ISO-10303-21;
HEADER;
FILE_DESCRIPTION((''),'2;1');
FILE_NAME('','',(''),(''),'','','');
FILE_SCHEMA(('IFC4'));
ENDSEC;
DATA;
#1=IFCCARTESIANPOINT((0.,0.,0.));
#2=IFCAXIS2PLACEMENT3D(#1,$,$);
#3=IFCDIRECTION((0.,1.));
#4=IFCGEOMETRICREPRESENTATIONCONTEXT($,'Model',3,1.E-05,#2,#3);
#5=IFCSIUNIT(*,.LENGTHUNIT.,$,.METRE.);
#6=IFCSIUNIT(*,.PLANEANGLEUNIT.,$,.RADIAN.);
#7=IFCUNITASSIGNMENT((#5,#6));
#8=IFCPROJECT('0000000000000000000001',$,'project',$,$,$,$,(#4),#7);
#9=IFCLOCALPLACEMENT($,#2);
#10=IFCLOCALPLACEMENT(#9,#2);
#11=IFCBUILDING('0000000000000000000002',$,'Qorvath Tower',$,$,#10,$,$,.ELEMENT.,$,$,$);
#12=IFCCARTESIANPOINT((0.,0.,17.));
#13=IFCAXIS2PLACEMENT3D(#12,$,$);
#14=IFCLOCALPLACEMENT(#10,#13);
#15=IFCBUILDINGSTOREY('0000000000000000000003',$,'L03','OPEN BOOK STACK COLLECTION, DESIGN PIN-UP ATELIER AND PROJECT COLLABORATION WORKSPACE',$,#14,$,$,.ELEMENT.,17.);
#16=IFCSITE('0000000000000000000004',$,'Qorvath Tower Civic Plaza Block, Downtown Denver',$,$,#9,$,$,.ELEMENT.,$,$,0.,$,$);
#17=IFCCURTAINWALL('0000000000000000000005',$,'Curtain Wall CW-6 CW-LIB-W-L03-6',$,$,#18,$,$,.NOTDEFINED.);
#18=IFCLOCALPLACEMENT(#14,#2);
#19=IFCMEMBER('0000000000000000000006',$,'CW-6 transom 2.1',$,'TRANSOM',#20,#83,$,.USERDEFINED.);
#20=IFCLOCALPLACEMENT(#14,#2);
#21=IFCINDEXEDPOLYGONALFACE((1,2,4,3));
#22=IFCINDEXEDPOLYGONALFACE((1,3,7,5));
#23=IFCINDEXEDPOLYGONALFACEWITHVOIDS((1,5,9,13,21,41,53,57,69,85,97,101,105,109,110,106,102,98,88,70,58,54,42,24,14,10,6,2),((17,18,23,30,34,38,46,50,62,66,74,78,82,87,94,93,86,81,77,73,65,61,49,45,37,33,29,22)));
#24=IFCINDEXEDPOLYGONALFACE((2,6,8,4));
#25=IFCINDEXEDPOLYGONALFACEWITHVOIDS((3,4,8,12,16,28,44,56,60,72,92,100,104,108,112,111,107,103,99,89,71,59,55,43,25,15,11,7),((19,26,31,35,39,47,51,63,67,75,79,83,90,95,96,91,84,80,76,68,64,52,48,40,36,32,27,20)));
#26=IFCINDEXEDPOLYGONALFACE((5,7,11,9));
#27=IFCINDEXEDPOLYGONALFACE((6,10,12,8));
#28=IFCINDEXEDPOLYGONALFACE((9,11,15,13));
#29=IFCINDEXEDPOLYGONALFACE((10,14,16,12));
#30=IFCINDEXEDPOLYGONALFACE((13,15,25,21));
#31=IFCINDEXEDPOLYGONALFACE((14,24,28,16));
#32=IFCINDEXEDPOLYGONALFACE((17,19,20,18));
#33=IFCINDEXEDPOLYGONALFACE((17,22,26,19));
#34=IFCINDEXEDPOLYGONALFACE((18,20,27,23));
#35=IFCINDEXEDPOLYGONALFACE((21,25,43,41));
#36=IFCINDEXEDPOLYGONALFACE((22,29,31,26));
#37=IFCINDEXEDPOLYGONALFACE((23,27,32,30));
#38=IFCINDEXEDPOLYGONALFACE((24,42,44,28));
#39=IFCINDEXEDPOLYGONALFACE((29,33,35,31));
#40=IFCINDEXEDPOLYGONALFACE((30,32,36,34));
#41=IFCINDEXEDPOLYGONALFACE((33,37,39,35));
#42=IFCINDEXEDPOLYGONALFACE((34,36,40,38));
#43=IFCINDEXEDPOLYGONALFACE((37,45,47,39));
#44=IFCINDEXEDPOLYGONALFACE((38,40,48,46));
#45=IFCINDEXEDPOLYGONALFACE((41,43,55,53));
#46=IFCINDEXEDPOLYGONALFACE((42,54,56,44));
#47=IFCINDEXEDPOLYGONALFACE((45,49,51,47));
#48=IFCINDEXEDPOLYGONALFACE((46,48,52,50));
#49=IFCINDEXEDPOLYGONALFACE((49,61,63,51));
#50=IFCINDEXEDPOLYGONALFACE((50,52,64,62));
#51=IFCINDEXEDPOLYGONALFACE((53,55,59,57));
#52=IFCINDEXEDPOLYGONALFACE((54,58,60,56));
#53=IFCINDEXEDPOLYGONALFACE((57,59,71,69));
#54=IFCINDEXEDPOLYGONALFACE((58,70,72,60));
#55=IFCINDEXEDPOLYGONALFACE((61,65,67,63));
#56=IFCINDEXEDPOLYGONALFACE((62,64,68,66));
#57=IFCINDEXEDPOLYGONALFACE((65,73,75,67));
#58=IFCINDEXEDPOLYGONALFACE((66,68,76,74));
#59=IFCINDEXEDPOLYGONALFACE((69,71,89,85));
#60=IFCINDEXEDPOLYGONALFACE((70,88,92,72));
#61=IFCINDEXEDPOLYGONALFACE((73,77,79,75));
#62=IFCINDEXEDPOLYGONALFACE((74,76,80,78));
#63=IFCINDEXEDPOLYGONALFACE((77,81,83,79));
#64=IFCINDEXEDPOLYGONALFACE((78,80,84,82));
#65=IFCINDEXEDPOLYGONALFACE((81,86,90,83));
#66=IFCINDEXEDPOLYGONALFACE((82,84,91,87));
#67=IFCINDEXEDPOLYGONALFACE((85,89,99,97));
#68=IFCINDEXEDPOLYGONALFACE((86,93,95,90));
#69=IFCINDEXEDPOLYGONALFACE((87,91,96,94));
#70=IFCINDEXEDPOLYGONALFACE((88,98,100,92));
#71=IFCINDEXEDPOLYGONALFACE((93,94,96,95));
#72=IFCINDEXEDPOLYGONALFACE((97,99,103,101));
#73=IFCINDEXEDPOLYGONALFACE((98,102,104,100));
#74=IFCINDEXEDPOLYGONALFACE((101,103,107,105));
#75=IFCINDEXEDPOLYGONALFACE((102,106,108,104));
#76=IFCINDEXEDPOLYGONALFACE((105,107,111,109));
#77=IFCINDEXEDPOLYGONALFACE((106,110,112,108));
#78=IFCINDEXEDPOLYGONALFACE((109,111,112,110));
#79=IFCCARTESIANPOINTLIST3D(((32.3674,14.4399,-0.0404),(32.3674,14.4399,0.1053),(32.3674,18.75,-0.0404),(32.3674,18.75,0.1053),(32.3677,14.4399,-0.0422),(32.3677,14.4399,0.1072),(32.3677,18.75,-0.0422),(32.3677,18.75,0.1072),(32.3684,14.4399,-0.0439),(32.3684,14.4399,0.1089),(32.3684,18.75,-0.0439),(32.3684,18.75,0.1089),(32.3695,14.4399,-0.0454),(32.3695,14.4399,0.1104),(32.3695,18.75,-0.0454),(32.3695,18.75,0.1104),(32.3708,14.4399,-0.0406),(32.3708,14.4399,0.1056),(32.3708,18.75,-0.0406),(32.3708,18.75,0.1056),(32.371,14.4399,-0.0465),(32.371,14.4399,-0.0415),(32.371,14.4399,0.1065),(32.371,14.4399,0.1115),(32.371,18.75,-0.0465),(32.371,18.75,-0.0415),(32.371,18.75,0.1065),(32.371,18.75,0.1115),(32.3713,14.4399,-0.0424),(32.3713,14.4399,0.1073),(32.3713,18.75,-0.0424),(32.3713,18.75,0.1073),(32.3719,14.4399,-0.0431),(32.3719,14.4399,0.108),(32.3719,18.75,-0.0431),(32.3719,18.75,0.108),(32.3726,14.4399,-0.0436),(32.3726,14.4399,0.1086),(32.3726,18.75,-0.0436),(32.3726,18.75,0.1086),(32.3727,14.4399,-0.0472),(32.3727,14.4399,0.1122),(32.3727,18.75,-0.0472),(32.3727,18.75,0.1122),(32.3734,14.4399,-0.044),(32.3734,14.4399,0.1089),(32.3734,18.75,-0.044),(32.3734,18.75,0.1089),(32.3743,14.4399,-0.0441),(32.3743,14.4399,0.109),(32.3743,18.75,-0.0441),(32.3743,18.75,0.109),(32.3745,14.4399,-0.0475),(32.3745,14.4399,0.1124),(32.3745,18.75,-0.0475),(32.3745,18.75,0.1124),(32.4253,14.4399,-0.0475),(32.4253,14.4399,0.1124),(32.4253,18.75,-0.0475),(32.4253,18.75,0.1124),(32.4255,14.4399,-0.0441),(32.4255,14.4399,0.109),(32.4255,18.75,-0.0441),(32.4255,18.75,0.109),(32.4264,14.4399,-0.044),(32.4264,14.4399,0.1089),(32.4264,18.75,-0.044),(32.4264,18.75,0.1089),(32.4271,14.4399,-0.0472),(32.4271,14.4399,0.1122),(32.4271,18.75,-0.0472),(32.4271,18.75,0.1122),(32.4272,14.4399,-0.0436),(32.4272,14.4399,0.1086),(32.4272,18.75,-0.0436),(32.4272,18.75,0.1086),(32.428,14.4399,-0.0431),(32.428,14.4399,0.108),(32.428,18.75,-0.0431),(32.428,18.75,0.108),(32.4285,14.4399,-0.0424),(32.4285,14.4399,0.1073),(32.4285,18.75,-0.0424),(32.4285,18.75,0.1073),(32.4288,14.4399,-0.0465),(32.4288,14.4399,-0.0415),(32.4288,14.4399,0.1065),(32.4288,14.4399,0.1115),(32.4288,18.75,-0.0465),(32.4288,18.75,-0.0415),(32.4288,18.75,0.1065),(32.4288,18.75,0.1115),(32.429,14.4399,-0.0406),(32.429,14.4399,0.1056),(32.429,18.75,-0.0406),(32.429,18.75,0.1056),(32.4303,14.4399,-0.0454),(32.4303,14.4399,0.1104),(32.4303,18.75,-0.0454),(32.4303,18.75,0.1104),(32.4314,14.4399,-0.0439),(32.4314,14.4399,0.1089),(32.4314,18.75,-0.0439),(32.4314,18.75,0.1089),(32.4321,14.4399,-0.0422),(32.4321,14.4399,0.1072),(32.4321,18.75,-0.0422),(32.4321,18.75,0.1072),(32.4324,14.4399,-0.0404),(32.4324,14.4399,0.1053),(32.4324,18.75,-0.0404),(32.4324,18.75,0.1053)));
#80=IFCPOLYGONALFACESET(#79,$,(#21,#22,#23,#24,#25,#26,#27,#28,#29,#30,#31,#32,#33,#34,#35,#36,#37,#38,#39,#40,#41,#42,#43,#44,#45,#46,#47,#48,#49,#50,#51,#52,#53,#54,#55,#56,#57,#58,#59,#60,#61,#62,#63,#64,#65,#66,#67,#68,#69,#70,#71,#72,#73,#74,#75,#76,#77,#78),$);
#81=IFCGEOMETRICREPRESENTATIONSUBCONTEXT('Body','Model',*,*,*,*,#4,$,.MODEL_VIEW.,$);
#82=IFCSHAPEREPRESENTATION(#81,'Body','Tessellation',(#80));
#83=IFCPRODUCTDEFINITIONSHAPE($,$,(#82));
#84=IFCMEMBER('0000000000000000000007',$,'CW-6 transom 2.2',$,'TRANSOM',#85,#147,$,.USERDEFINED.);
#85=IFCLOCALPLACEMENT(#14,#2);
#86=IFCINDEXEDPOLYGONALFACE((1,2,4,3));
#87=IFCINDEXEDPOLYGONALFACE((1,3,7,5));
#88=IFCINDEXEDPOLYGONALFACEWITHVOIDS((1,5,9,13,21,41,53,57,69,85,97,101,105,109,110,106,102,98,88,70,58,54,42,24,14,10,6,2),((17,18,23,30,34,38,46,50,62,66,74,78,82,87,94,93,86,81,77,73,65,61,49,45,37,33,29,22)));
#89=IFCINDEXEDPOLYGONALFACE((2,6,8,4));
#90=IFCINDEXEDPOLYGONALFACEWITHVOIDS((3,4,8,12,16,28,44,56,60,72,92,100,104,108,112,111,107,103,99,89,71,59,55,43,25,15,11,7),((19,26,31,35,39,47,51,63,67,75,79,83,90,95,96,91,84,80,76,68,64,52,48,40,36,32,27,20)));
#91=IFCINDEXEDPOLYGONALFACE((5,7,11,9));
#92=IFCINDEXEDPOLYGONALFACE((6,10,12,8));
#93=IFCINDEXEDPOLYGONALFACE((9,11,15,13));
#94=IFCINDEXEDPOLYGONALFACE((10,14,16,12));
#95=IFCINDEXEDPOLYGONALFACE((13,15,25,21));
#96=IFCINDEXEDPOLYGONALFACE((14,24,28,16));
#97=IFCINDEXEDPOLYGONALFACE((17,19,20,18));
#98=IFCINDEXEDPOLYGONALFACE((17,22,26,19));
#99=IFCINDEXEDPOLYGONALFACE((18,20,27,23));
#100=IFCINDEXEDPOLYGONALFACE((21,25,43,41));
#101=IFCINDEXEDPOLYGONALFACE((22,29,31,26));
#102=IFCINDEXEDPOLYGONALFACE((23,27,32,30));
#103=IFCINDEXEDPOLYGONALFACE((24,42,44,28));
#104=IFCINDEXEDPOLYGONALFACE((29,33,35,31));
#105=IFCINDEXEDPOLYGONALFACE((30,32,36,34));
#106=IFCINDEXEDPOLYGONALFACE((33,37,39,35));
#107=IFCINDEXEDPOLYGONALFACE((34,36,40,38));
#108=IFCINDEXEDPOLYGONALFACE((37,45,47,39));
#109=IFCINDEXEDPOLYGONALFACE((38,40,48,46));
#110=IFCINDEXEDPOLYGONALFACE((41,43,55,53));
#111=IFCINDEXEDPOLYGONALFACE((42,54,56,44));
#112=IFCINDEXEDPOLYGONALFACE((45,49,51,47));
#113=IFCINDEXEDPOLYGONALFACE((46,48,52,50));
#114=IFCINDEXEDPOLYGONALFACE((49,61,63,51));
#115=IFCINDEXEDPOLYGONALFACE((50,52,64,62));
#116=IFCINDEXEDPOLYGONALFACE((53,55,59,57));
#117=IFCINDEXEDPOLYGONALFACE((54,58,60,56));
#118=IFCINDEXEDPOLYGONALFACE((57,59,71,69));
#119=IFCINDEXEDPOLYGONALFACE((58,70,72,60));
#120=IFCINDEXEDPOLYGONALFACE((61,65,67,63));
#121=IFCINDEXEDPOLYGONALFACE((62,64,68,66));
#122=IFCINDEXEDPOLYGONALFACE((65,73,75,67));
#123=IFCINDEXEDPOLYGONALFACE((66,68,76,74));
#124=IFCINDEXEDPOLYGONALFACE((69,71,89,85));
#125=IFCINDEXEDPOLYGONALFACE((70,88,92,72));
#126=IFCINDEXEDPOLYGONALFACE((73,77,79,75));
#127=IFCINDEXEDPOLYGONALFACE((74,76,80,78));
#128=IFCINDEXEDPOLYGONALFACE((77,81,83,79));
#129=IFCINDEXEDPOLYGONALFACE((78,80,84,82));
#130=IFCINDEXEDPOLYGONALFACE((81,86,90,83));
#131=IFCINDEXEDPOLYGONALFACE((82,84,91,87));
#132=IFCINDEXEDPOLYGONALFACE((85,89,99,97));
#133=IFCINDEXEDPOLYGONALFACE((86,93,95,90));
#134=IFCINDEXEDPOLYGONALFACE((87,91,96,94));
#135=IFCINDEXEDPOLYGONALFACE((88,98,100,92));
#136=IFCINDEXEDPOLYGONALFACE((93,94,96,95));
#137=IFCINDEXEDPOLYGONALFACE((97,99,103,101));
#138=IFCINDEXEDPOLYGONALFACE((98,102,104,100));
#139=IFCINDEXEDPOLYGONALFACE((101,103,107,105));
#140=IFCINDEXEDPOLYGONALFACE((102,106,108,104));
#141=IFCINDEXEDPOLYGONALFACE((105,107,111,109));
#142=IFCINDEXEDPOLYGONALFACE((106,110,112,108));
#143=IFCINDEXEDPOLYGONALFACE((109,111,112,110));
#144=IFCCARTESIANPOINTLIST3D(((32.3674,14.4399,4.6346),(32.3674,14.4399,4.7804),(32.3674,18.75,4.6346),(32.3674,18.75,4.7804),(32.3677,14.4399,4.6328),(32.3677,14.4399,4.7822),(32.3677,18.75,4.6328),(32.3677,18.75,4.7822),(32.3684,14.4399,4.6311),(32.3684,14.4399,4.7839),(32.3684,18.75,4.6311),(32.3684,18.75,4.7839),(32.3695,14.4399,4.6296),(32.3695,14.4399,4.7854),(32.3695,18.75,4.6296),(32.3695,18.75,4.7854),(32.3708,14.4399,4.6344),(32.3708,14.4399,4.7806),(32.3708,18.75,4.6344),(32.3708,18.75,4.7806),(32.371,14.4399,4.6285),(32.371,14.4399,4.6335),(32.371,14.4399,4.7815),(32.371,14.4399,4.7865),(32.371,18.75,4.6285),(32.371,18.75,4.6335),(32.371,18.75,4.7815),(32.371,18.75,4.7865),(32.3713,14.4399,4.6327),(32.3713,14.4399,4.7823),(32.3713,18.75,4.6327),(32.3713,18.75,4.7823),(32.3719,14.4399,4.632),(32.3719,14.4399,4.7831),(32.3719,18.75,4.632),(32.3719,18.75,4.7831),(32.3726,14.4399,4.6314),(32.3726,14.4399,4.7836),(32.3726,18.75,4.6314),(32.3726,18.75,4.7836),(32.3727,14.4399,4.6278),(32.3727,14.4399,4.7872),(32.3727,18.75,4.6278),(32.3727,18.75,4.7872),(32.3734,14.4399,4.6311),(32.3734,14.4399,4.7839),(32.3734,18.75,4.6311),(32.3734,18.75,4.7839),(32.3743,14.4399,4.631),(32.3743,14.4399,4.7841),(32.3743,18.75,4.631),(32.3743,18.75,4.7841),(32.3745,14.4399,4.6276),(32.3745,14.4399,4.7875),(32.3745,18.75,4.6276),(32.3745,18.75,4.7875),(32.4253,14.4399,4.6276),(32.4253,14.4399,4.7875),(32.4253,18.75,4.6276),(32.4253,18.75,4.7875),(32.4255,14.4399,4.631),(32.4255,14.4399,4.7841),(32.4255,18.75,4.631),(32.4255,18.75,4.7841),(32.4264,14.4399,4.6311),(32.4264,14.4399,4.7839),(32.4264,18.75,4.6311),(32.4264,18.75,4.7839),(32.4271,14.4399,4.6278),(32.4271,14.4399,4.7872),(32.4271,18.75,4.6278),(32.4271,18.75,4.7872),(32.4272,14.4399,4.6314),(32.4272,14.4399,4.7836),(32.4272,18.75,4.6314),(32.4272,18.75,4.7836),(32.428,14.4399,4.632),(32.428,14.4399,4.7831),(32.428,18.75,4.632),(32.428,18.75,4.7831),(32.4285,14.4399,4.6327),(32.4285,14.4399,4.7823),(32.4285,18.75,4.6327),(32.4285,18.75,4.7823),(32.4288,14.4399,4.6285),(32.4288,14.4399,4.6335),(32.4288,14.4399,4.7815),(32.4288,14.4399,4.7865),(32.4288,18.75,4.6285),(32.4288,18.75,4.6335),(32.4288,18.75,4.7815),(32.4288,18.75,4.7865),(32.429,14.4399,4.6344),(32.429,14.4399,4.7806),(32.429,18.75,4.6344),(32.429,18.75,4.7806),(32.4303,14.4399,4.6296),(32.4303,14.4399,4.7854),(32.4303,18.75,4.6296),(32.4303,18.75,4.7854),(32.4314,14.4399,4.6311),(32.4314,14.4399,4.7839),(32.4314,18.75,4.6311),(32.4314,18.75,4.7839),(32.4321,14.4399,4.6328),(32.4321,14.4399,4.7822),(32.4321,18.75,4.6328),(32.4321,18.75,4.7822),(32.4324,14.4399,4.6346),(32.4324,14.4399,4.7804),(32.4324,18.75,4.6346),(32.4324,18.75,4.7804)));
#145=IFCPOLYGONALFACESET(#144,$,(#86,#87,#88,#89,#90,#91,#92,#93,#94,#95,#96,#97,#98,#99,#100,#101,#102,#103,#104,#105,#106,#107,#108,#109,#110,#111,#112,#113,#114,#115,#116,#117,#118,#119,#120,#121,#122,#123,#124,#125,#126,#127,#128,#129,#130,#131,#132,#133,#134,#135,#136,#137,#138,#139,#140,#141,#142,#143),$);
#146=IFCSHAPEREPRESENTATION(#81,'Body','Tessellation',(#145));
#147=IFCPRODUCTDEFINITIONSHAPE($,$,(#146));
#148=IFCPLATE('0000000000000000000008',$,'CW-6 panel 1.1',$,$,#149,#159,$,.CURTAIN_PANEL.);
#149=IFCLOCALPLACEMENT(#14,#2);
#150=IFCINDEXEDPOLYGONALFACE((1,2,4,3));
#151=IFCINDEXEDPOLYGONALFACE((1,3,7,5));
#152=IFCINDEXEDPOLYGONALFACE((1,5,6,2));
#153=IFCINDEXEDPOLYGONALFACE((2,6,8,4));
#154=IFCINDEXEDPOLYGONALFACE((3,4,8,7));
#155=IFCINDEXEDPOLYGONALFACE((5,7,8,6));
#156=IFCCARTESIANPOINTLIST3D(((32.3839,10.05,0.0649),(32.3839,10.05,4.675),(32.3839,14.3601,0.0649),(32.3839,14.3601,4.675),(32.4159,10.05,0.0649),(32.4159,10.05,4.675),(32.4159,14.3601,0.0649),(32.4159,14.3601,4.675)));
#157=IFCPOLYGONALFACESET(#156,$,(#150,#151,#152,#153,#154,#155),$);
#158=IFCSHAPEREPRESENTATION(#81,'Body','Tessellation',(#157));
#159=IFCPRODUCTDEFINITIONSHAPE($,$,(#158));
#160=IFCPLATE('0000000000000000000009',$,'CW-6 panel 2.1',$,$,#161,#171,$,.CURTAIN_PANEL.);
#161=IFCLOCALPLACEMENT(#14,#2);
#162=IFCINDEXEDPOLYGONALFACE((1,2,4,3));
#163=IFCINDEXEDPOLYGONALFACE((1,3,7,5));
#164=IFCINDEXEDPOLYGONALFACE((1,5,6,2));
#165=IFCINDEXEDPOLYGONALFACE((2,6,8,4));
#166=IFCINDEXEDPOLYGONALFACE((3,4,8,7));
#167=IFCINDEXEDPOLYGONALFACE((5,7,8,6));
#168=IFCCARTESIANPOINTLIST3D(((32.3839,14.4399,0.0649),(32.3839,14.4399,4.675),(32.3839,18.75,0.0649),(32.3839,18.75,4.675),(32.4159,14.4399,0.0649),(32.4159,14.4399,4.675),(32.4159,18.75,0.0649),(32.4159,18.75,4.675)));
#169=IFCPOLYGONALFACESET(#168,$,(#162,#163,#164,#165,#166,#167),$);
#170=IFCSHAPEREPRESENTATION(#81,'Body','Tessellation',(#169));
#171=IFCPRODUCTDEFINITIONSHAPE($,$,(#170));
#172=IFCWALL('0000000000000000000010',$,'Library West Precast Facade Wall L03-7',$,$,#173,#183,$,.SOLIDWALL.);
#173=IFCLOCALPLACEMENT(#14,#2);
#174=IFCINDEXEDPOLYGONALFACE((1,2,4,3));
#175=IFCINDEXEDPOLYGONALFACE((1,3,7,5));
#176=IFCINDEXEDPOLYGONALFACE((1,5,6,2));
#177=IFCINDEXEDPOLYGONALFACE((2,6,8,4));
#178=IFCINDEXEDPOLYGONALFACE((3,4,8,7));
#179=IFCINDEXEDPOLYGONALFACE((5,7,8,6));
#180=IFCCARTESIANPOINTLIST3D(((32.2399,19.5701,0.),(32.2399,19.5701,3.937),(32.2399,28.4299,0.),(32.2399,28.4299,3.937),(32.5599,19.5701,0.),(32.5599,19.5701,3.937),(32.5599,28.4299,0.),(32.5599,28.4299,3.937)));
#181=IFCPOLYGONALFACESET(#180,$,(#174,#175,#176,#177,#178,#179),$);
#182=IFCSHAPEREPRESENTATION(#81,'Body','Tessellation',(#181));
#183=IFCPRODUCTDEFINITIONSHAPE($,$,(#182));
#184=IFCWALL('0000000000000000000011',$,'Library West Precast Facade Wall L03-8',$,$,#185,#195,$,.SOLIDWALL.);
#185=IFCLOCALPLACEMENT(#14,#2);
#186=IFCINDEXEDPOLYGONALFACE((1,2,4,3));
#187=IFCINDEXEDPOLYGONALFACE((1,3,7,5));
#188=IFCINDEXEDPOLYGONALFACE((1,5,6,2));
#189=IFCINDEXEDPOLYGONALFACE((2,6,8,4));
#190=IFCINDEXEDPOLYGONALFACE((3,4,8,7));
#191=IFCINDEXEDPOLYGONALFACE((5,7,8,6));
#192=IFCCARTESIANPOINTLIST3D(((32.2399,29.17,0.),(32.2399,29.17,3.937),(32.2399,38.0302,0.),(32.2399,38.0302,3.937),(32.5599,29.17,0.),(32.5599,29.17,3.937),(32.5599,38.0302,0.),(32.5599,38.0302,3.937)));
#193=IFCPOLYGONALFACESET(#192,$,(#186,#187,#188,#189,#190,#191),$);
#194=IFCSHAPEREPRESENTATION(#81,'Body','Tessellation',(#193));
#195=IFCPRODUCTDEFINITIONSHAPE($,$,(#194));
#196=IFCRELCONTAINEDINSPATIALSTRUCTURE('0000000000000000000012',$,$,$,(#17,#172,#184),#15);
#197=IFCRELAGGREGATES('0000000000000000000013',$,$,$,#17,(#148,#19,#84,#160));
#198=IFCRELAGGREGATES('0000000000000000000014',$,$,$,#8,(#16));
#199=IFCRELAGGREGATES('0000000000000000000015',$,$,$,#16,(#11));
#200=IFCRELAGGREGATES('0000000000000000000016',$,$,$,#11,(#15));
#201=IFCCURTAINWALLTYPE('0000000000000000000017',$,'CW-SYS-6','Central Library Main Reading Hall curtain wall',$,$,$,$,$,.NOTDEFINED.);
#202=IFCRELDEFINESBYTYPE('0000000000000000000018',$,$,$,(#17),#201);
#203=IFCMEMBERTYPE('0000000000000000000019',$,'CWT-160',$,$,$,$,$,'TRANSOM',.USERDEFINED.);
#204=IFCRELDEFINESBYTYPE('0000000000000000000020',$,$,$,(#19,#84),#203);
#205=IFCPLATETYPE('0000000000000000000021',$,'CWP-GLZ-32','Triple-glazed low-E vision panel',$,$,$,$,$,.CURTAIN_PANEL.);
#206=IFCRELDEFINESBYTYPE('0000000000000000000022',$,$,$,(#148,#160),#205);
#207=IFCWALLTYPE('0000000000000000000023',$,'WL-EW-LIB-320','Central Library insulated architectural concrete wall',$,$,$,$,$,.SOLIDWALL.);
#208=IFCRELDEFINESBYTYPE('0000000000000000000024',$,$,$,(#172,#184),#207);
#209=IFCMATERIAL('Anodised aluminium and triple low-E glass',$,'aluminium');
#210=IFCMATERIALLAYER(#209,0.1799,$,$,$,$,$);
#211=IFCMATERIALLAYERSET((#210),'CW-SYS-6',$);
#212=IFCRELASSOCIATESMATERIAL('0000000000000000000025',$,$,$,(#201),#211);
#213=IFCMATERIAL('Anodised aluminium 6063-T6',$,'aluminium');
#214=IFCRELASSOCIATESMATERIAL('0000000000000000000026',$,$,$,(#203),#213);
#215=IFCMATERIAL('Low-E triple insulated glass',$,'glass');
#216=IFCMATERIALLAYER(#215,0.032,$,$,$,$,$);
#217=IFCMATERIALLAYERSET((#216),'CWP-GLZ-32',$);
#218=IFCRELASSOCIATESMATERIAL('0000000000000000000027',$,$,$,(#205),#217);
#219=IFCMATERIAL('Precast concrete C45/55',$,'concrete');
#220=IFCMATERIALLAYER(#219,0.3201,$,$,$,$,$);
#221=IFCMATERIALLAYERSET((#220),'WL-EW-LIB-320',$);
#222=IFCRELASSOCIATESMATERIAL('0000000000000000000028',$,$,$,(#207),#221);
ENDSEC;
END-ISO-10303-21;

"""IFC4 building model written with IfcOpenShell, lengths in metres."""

from ifc_helpers import new_model, si_unit, direction, frame, frame_2d, origin, origin_2d, place, context, subcontext, project, spatial, rectangle, hollow_rectangle, extrude, material, layer, layer_set, material_profile, profile_set, type_object, element, aggregate, save


model = new_model("IFC4")

# Units and contexts
model_context = context("Model", 3, precision=1e-05, world=origin(), true_north=direction((0.0, 1.0)))
body_context = subcontext(model_context, "Body", "Model", "MODEL_VIEW")
ifc_project = project(units=[si_unit("LENGTHUNIT", "METRE"), si_unit("PLANEANGLEUNIT", "RADIAN")], contexts=[model_context])

# Site, building, storey
site_placement = place(None, origin())
site = spatial("IfcSite", under=ifc_project, at=site_placement, Name="Qorvath Tower Civic Plaza Block, Downtown Denver", CompositionType="ELEMENT", RefElevation=0.0)
building_placement = place(site_placement, origin())
building = spatial("IfcBuilding", under=site, at=building_placement, Name="Qorvath Tower", CompositionType="ELEMENT")
storey_placement = place(building_placement, frame((0.0, 0.0, 17.0)))
storey = spatial("IfcBuildingStorey", under=building, at=storey_placement, Name="L03", Description="OPEN BOOK STACK COLLECTION, DESIGN PIN-UP ATELIER AND PROJECT COLLABORATION WORKSPACE", CompositionType="ELEMENT", Elevation=17.0)

# Curtain wall, members, plates
ifc_material_1 = material(Name="Anodised aluminium and triple low-E glass", Category="aluminium")
ifc_layer_1 = layer(ifc_material_1, 0.1799)
ifc_layer_set_1 = layer_set([ifc_layer_1], Name="CW-SYS-6")
curtain_wall_type = type_object("IfcCurtainWallType", Name="CW-SYS-6", Description="Central Library Main Reading Hall curtain wall", PredefinedType="NOTDEFINED", material=ifc_layer_set_1)
curtain_wall_placement = place(storey_placement, origin())
curtain_wall = element("IfcCurtainWall", 1, at=curtain_wall_placement, inside=storey, type_object=curtain_wall_type, Name="Curtain Wall CW-6 CW-LIB-W-L03-6", PredefinedType="NOTDEFINED")
ifc_material_2 = material(Name="Anodised aluminium 6063-T6", Category="aluminium")
ifc_material_profile_1 = material_profile(ifc_material_2, hollow_rectangle(XDim=0.0649, YDim=0.1599, WallThickness=0.0034, InnerFilletRadius=0.0034, OuterFilletRadius=0.0071, at=origin_2d()), Name="CWT 160x65")
ifc_profile_set_1 = profile_set([ifc_material_profile_1], Name="Anodised aluminium 6063-T6")
member_type_1 = type_object("IfcMemberType", Name="CWT-160", ElementType="TRANSOM", PredefinedType="USERDEFINED", material=ifc_profile_set_1)
member_1_placement = place(storey_placement, frame((32.3999, 14.4399, 0.0325), z_axis=(0.0, 1.0, 0.0), x_axis=(-1.0, 0.0, 0.0)))
member_1 = element("IfcMember", 2, at=member_1_placement, type_object=member_type_1, Name="CW-6 transom 2.1", ObjectType="TRANSOM", PredefinedType="USERDEFINED", context=body_context, shape_type="SweptSolid", body=[
    extrude(hollow_rectangle(XDim=0.0649, YDim=0.1599, WallThickness=0.0034, InnerFilletRadius=0.0034, OuterFilletRadius=0.0071, at=origin_2d()), origin(), (0.0, 0.0, 1.0), 4.3101),
])
member_2_placement = place(storey_placement, frame((32.3999, 14.4399, 4.7075), z_axis=(0.0, 1.0, 0.0), x_axis=(-1.0, 0.0, 0.0)))
member_2 = element("IfcMember", 3, at=member_2_placement, type_object=member_type_1, Name="CW-6 transom 2.2", ObjectType="TRANSOM", PredefinedType="USERDEFINED", context=body_context, shape_type="SweptSolid", body=[
    extrude(hollow_rectangle(XDim=0.0649, YDim=0.1599, WallThickness=0.0034, InnerFilletRadius=0.0034, OuterFilletRadius=0.0071, at=origin_2d()), origin(), (0.0, 0.0, 1.0), 4.3101),
])
ifc_material_3 = material(Name="Low-E triple insulated glass", Category="glass")
ifc_layer_2 = layer(ifc_material_3, 0.032)
ifc_layer_set_2 = layer_set([ifc_layer_2], Name="CWP-GLZ-32")
plate_type = type_object("IfcPlateType", Name="CWP-GLZ-32", Description="Triple-glazed low-E vision panel", PredefinedType="CURTAIN_PANEL", material=ifc_layer_set_2)
plate_1_placement = place(storey_placement, frame((32.3999, 12.2051, 0.0649), z_axis=(0.0, 0.0, 1.0), x_axis=(0.0, 1.0, 0.0)))
plate_1 = element("IfcPlate", 4, at=plate_1_placement, type_object=plate_type, Name="CW-6 panel 1.1", PredefinedType="CURTAIN_PANEL", context=body_context, shape_type="SweptSolid", body=[
    extrude(rectangle(XDim=4.3101, YDim=0.032, at=origin_2d()), origin(), (0.0, 0.0, 1.0), 4.6101),
])
plate_2_placement = place(storey_placement, frame((32.3999, 16.595, 0.0649), z_axis=(0.0, 0.0, 1.0), x_axis=(0.0, 1.0, 0.0)))
plate_2 = element("IfcPlate", 5, at=plate_2_placement, type_object=plate_type, Name="CW-6 panel 2.1", PredefinedType="CURTAIN_PANEL", context=body_context, shape_type="SweptSolid", body=[
    extrude(rectangle(XDim=4.3101, YDim=0.032, at=origin_2d()), origin(), (0.0, 0.0, 1.0), 4.6101),
])
aggregate(curtain_wall, [plate_1, member_1, member_2, plate_2])

# Walls
ifc_material_4 = material(Name="Precast concrete C45/55", Category="concrete")
ifc_layer_3 = layer(ifc_material_4, 0.3201)
ifc_layer_set_3 = layer_set([ifc_layer_3], Name="WL-EW-LIB-320")
wall_type_1 = type_object("IfcWallType", Name="WL-EW-LIB-320", Description="Central Library insulated architectural concrete wall", PredefinedType="SOLIDWALL", material=ifc_layer_set_3)
wall_1_placement = place(storey_placement, frame((32.3999, 19.5701, 0.0), z_axis=(0.0, 0.0, 1.0), x_axis=(0.0, 1.0, 0.0)))
element("IfcWall", 6, at=wall_1_placement, inside=storey, type_object=wall_type_1, Name="Library West Precast Facade Wall L03-7", PredefinedType="SOLIDWALL", context=body_context, shape_type="SweptSolid", body=[
    extrude(rectangle(XDim=8.8599, YDim=0.3201, at=frame_2d((4.4299, 0.0))), origin(), (0.0, 0.0, 1.0), 3.937),
])
wall_2_placement = place(storey_placement, frame((32.3999, 29.1699, 0.0), z_axis=(0.0, 0.0, 1.0), x_axis=(0.0, 1.0, 0.0)))
element("IfcWall", 7, at=wall_2_placement, inside=storey, type_object=wall_type_1, Name="Library West Precast Facade Wall L03-8", PredefinedType="SOLIDWALL", context=body_context, shape_type="SweptSolid", body=[
    extrude(rectangle(XDim=8.8601, YDim=0.3201, at=frame_2d((4.4302, 0.0))), origin(), (0.0, 0.0, 1.0), 3.937),
])

save(model, "model.ifc")
